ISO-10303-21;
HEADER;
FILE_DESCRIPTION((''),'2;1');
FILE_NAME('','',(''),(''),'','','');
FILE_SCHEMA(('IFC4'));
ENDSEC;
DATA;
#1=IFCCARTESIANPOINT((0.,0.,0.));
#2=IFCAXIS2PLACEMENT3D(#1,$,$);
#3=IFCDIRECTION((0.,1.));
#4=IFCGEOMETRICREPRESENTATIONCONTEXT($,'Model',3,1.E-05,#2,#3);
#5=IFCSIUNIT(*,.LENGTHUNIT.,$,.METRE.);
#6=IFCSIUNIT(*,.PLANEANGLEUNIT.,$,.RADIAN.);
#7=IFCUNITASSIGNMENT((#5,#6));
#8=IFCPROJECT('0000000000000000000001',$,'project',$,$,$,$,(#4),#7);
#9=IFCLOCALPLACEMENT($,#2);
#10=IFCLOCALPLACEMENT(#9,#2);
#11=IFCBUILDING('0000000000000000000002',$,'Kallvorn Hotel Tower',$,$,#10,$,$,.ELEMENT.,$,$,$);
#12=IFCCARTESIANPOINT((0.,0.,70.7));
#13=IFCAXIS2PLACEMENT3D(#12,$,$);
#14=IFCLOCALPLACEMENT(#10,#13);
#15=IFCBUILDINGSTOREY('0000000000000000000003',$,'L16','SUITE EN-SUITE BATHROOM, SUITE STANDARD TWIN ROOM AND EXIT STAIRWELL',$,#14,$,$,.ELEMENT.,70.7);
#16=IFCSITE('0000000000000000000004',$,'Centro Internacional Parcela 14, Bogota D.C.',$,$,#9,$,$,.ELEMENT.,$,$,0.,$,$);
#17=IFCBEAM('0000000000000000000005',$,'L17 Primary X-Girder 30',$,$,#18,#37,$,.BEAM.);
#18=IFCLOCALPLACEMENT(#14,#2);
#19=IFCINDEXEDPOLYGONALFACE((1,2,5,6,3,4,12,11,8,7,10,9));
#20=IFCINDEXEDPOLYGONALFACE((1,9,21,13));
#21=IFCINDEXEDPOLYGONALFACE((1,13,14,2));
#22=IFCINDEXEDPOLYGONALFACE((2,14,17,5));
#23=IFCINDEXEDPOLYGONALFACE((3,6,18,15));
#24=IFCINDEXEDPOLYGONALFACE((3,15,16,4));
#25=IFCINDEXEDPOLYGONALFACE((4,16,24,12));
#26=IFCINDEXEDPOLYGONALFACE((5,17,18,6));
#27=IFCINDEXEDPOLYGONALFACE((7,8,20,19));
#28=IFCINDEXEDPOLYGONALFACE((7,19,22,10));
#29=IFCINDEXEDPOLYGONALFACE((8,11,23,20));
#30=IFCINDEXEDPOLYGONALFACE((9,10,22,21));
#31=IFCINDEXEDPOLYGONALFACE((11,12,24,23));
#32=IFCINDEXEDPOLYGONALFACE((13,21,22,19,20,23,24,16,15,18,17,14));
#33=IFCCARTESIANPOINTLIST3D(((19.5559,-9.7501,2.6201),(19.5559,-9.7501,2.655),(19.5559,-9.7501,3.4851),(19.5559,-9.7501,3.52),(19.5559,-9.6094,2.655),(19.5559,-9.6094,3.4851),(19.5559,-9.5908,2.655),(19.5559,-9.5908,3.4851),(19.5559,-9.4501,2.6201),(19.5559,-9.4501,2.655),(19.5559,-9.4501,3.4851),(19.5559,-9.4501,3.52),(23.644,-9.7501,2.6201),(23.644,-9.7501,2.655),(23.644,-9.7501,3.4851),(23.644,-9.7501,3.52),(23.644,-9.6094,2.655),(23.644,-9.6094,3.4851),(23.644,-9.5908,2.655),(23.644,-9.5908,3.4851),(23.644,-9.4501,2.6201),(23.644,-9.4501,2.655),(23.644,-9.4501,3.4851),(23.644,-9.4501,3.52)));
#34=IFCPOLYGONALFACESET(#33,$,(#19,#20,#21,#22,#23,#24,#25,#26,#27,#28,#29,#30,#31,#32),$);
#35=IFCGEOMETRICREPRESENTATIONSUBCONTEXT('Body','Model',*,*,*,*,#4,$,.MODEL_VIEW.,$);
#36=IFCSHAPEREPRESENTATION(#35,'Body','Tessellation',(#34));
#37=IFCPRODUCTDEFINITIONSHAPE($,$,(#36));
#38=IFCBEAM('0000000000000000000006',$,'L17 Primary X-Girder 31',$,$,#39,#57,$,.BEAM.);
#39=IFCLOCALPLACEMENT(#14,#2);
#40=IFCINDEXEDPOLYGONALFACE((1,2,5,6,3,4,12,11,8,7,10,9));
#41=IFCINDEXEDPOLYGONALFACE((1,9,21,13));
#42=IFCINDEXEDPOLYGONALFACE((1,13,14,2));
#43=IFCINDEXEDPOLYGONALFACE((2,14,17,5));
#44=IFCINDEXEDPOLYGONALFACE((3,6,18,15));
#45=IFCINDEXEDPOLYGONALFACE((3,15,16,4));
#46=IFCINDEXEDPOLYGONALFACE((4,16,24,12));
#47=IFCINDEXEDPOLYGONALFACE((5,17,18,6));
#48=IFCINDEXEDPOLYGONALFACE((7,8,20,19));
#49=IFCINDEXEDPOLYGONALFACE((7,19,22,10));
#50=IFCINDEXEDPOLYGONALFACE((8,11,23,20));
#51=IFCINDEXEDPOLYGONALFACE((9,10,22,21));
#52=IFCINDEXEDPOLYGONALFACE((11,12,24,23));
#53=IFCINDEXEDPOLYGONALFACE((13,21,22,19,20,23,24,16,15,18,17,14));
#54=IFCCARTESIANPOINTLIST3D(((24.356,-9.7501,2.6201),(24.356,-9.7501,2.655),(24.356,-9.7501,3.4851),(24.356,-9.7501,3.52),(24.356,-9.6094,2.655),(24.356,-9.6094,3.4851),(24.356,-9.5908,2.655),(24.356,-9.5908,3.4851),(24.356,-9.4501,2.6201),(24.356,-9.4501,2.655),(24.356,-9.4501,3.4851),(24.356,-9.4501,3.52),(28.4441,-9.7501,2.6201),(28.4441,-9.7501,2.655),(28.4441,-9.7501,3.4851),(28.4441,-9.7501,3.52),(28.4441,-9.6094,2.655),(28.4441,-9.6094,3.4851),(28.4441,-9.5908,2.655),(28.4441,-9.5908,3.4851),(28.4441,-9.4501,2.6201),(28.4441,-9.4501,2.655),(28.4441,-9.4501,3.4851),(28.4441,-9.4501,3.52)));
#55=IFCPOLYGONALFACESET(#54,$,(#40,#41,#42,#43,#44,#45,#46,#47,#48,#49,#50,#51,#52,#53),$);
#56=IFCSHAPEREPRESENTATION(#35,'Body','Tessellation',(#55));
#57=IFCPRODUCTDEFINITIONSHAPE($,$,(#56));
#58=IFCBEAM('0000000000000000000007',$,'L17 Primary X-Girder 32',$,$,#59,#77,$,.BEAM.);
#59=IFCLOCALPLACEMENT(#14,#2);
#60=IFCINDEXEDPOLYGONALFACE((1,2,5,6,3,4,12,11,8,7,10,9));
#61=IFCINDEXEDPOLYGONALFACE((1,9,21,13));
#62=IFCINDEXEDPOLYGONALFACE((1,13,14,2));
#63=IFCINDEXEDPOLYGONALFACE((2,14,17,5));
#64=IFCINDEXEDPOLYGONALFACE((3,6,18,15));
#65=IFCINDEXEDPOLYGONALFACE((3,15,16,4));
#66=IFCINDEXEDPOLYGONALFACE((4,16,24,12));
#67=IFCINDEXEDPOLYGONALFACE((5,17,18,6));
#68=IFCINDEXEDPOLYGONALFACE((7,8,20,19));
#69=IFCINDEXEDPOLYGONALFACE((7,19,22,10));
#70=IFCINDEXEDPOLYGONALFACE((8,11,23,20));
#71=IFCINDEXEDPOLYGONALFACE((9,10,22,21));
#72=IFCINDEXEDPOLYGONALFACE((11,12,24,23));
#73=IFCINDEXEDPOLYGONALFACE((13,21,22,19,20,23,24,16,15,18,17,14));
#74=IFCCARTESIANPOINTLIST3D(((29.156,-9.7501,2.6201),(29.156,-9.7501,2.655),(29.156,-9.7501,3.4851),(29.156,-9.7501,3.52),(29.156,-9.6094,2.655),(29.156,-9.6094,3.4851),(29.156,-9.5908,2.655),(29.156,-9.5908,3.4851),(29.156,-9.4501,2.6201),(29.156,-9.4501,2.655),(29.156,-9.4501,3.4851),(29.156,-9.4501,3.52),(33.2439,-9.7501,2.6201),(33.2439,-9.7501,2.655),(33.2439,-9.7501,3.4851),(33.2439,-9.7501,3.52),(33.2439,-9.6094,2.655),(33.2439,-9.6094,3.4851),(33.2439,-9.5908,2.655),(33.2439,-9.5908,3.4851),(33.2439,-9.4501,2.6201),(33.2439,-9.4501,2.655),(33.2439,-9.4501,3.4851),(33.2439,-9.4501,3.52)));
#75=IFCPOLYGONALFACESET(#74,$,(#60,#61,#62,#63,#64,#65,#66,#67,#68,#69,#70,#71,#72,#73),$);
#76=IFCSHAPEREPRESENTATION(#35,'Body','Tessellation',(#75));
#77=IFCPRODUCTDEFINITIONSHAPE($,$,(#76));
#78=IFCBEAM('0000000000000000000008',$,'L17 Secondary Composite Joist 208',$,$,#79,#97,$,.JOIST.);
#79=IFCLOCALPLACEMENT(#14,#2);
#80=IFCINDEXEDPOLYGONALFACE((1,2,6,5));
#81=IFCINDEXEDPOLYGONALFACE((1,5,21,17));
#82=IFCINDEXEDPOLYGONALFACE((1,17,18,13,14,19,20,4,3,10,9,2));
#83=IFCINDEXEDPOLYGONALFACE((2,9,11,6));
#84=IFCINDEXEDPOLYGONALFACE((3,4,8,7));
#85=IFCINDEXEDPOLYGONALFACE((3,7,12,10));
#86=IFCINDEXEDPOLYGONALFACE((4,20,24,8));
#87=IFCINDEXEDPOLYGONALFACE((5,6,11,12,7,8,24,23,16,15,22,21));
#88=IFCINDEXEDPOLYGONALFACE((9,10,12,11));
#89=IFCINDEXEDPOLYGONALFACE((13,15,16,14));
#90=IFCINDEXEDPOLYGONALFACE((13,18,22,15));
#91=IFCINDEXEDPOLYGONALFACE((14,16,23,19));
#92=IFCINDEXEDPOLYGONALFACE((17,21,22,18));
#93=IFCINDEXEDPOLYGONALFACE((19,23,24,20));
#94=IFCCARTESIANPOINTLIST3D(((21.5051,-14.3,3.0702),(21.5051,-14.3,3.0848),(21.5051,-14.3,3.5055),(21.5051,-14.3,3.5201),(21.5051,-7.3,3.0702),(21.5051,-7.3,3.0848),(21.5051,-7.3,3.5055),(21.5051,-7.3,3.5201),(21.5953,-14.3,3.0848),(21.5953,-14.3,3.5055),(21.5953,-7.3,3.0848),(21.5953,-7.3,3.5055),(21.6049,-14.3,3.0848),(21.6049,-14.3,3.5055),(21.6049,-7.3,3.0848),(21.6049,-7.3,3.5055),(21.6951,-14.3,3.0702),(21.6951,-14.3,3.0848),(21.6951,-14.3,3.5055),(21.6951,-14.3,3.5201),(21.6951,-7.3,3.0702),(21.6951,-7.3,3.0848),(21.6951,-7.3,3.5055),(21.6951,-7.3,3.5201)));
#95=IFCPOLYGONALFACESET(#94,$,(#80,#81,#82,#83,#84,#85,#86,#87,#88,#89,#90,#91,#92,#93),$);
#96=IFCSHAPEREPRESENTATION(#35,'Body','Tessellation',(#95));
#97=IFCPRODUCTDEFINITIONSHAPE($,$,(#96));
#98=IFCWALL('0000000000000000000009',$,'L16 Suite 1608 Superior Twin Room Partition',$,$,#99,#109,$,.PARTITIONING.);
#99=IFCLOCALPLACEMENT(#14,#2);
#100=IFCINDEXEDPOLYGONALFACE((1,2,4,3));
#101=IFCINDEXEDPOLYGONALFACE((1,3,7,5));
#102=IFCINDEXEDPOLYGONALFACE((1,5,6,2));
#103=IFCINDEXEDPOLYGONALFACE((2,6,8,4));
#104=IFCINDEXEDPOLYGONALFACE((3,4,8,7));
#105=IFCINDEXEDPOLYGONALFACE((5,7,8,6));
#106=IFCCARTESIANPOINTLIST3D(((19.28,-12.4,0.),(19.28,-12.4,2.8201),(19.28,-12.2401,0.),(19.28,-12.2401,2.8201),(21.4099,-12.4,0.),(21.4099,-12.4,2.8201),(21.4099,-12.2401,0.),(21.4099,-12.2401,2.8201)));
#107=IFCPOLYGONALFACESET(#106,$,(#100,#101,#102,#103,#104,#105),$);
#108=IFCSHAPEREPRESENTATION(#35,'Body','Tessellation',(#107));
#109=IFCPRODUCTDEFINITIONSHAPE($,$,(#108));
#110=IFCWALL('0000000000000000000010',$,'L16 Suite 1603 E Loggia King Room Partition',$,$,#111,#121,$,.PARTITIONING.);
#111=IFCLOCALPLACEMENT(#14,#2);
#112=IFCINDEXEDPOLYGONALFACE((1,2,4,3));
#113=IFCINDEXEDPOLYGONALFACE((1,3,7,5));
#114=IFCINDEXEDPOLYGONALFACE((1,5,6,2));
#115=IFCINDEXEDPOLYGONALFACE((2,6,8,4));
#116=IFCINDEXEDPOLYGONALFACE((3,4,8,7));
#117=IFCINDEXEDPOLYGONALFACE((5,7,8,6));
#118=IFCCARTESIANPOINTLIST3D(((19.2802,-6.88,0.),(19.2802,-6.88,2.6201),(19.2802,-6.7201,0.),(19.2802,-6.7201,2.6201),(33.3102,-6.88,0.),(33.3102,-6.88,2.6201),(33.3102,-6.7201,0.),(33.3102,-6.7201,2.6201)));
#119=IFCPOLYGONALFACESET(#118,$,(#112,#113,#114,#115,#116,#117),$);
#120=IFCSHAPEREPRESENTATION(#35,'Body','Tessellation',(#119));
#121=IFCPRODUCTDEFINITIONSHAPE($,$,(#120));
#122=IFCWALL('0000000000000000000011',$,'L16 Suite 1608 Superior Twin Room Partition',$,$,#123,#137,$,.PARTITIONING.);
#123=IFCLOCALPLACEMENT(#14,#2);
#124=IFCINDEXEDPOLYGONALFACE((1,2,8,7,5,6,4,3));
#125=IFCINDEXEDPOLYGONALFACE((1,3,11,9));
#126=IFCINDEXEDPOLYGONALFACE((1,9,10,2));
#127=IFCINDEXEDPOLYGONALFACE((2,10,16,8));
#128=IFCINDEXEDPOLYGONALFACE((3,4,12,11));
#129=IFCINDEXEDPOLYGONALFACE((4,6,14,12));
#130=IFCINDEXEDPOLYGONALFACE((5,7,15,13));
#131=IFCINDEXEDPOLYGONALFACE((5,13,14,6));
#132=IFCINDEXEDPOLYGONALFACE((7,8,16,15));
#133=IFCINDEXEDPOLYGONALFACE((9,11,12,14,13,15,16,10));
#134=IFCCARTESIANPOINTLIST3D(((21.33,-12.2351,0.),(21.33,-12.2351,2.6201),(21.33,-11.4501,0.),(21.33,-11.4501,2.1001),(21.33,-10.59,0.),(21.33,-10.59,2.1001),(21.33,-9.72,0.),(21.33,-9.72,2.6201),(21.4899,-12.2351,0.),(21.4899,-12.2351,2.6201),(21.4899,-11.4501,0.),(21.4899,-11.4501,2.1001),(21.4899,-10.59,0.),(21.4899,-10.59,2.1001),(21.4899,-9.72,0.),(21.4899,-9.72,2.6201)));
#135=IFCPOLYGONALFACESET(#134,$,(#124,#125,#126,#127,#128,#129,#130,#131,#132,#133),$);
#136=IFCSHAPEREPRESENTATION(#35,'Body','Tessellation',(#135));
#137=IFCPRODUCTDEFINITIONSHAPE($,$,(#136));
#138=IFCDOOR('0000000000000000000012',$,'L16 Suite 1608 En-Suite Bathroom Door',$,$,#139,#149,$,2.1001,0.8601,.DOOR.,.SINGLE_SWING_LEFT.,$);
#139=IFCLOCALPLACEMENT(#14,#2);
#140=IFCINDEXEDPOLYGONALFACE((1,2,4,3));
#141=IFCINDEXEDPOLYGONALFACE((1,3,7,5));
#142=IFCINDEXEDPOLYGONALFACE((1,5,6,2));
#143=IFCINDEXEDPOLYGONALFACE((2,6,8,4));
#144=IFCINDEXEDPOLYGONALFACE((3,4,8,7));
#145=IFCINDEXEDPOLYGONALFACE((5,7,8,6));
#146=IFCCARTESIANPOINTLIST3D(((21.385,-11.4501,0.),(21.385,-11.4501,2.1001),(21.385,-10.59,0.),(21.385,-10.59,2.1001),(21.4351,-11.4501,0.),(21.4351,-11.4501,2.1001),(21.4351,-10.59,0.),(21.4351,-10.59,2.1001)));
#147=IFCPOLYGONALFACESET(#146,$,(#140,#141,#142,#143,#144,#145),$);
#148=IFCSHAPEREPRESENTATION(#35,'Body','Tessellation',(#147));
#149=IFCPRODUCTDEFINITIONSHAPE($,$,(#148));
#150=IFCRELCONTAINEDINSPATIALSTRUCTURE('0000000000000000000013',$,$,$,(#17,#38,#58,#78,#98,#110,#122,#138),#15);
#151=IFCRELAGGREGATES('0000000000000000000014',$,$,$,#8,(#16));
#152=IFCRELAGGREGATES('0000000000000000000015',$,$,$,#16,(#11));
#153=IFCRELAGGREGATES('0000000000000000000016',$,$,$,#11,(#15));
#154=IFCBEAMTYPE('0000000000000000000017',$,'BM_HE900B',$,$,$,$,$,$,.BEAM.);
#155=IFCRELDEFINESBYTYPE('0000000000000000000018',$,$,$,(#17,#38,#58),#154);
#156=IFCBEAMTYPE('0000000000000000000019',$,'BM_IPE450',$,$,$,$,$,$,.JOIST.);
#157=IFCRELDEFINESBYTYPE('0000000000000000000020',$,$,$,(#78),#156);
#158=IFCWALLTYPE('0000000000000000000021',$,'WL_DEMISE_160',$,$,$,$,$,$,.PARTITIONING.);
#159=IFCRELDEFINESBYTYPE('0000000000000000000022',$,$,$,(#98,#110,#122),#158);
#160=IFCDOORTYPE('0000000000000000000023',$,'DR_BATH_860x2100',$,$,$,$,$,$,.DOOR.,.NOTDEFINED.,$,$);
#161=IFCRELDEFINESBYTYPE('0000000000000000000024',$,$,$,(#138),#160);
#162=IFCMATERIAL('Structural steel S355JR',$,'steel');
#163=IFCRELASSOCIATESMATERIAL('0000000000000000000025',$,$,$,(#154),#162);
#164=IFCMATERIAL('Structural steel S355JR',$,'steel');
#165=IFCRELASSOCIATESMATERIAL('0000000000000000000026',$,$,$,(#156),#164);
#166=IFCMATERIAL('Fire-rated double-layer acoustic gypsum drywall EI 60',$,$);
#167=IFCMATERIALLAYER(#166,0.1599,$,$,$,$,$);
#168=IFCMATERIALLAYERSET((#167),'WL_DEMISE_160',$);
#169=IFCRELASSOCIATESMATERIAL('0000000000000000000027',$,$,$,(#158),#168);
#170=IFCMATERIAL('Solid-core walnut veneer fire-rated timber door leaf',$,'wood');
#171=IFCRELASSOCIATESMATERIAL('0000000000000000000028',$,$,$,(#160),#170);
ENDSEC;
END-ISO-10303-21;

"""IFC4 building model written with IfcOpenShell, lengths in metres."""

from ifc_helpers import new_model, si_unit, direction, frame, frame_2d, origin, origin_2d, place, context, subcontext, project, spatial, rectangle, i_section, extrude, material, layer, layer_set, material_profile, profile_set, type_object, element, fill, save


model = new_model("IFC4")

# Units and contexts
model_context = context("Model", 3, precision=1e-05, world=origin(), true_north=direction((0.0, 1.0)))
body_context = subcontext(model_context, "Body", "Model", "MODEL_VIEW")
ifc_project = project(units=[si_unit("LENGTHUNIT", "METRE"), si_unit("PLANEANGLEUNIT", "RADIAN")], contexts=[model_context])

# Site, building, storey
site_placement = place(None, origin())
site = spatial("IfcSite", under=ifc_project, at=site_placement, Name="Centro Internacional Parcela 14, Bogota D.C.", CompositionType="ELEMENT", RefElevation=0.0)
building_placement = place(site_placement, origin())
building = spatial("IfcBuilding", under=site, at=building_placement, Name="Kallvorn Hotel Tower", CompositionType="ELEMENT")
storey_placement = place(building_placement, frame((0.0, 0.0, 70.7)))
storey = spatial("IfcBuildingStorey", under=building, at=storey_placement, Name="L16", Description="SUITE EN-SUITE BATHROOM, SUITE STANDARD TWIN ROOM AND EXIT STAIRWELL", CompositionType="ELEMENT", Elevation=70.7)

# Beams
ifc_material_1 = material(Name="Structural steel S355JR", Category="steel")
ifc_material_profile_1 = material_profile(ifc_material_1, i_section(OverallWidth=0.3, OverallDepth=0.8999, WebThickness=0.0186, FlangeThickness=0.0349, at=origin_2d()), Name="HE 900 B")
ifc_profile_set_1 = profile_set([ifc_material_profile_1], Name="Structural steel S355JR")
beam_type_1 = type_object("IfcBeamType", Name="BM_HE900B", PredefinedType="BEAM", material=ifc_profile_set_1)
for number, where, z_axis, x_axis, name in (
    (1, (19.5559, -9.6001, 3.0701), (1.0, 0.0, 0.0), (0.0, 1.0, 0.0), "L17 Primary X-Girder 30"),
    (2, (24.356, -9.6001, 3.0701), (1.0, 0.0, 0.0), (0.0, 1.0, 0.0), "L17 Primary X-Girder 31"),
):
    element("IfcBeam", number, at=place(storey_placement, frame(where, z_axis=z_axis, x_axis=x_axis)), inside=storey, type_object=beam_type_1, Name=name, PredefinedType="BEAM", context=body_context, shape_type="SweptSolid", body=[
        extrude(i_section(OverallWidth=0.3, OverallDepth=0.8999, WebThickness=0.0186, FlangeThickness=0.0349, at=origin_2d()), origin(), (0.0, 0.0, 1.0), 4.0881),
    ])
beam_1_placement = place(storey_placement, frame((29.156, -9.6001, 3.0701), z_axis=(1.0, 0.0, 0.0), x_axis=(0.0, 1.0, 0.0)))
element("IfcBeam", 3, at=beam_1_placement, inside=storey, type_object=beam_type_1, Name="L17 Primary X-Girder 32", PredefinedType="BEAM", context=body_context, shape_type="SweptSolid", body=[
    extrude(i_section(OverallWidth=0.3, OverallDepth=0.8999, WebThickness=0.0186, FlangeThickness=0.0349, at=origin_2d()), origin(), (0.0, 0.0, 1.0), 4.0879),
])
ifc_material_2 = material(Name="Structural steel S355JR", Category="steel")
ifc_material_profile_2 = material_profile(ifc_material_2, i_section(OverallWidth=0.1899, OverallDepth=0.45, WebThickness=0.0095, FlangeThickness=0.0146, at=origin_2d()), Name="IPE 450")
ifc_profile_set_2 = profile_set([ifc_material_profile_2], Name="Structural steel S355JR")
beam_type_2 = type_object("IfcBeamType", Name="BM_IPE450", PredefinedType="JOIST", material=ifc_profile_set_2)
beam_2_placement = place(storey_placement, frame((21.6001, -14.3, 3.2952), z_axis=(0.0, 1.0, 0.0), x_axis=(-1.0, 0.0, 0.0)))
element("IfcBeam", 4, at=beam_2_placement, inside=storey, type_object=beam_type_2, Name="L17 Secondary Composite Joist 208", PredefinedType="JOIST", context=body_context, shape_type="SweptSolid", body=[
    extrude(i_section(OverallWidth=0.1899, OverallDepth=0.45, WebThickness=0.0095, FlangeThickness=0.0146, at=origin_2d()), origin(), (0.0, 0.0, 1.0), 7.0),
])

# Walls
ifc_material_3 = material(Name="Fire-rated double-layer acoustic gypsum drywall EI 60")
ifc_layer_1 = layer(ifc_material_3, 0.1599)
ifc_layer_set_1 = layer_set([ifc_layer_1], Name="WL_DEMISE_160")
wall_type_1 = type_object("IfcWallType", Name="WL_DEMISE_160", PredefinedType="PARTITIONING", material=ifc_layer_set_1)
wall_1_placement = place(storey_placement, frame((19.28, -12.3201, 0.0), z_axis=(0.0, 0.0, 1.0), x_axis=(1.0, 0.0, 0.0)))
element("IfcWall", 5, at=wall_1_placement, inside=storey, type_object=wall_type_1, Name="L16 Suite 1608 Superior Twin Room Partition", PredefinedType="PARTITIONING", context=body_context, shape_type="SweptSolid", body=[
    extrude(rectangle(XDim=2.1299, YDim=0.1599, at=frame_2d((1.0649, 0.0))), origin(), (0.0, 0.0, 1.0), 2.8201),
])
wall_2_placement = place(storey_placement, frame((19.28, -6.8, 0.0), z_axis=(0.0, 0.0, 1.0), x_axis=(1.0, 0.0, 0.0)))
element("IfcWall", 6, at=wall_2_placement, inside=storey, type_object=wall_type_1, Name="L16 Suite 1603 E Loggia King Room Partition", PredefinedType="PARTITIONING", context=body_context, shape_type="SweptSolid", body=[
    extrude(rectangle(XDim=14.03, YDim=0.1599, at=frame_2d((7.0151, 0.0))), origin(), (0.0, 0.0, 1.0), 2.6201),
])

# Wall, opening, door
wall_3_placement = place(storey_placement, frame((21.4099, -12.2351, 0.0), z_axis=(0.0, 0.0, 1.0), x_axis=(0.0, 1.0, 0.0)))
wall_3 = element("IfcWall", 7, at=wall_3_placement, inside=storey, type_object=wall_type_1, Name="L16 Suite 1608 Superior Twin Room Partition", PredefinedType="PARTITIONING", context=body_context, shape_type="SweptSolid", body=[
    extrude(rectangle(XDim=2.5151, YDim=0.1599, at=frame_2d((1.2576, 0.0))), origin(), (0.0, 0.0, 1.0), 2.6201),
])
opening_1_placement = place(wall_3_placement, frame((0.7849, 0.0, 0.0)))
opening_1 = element("IfcOpeningElement", 8, at=opening_1_placement, cuts=wall_3, PredefinedType="OPENING", context=body_context, shape_type="SweptSolid", body=[
    extrude(rectangle(XDim=0.8601, YDim=2.1001, at=frame_2d((0.4302, 1.05))), frame((0.0, 0.095, 0.0), z_axis=(0.0, -1.0, 0.0), x_axis=(1.0, 0.0, 0.0)), (0.0, 0.0, 1.0), 0.1899),
])
ifc_material_4 = material(Name="Solid-core walnut veneer fire-rated timber door leaf", Category="wood")
door_type_1 = type_object("IfcDoorType", Name="DR_BATH_860x2100", OperationType="NOTDEFINED", PredefinedType="DOOR", material=ifc_material_4)
door_1_placement = place(opening_1_placement, origin())
door_1 = element("IfcDoor", 9, at=door_1_placement, inside=storey, type_object=door_type_1, Name="L16 Suite 1608 En-Suite Bathroom Door", OperationType="SINGLE_SWING_LEFT", OverallHeight=2.1001, OverallWidth=0.8601, PredefinedType="DOOR", context=body_context, shape_type="SweptSolid", body=[
    extrude(rectangle(XDim=0.8601, YDim=2.1001, at=frame_2d((0.4302, 1.05))), frame((0.0, 0.0249, 0.0), z_axis=(0.0, -1.0, 0.0), x_axis=(1.0, 0.0, 0.0)), (0.0, 0.0, 1.0), 0.05),
])
fill(opening_1, door_1)

save(model, "model.ifc")
